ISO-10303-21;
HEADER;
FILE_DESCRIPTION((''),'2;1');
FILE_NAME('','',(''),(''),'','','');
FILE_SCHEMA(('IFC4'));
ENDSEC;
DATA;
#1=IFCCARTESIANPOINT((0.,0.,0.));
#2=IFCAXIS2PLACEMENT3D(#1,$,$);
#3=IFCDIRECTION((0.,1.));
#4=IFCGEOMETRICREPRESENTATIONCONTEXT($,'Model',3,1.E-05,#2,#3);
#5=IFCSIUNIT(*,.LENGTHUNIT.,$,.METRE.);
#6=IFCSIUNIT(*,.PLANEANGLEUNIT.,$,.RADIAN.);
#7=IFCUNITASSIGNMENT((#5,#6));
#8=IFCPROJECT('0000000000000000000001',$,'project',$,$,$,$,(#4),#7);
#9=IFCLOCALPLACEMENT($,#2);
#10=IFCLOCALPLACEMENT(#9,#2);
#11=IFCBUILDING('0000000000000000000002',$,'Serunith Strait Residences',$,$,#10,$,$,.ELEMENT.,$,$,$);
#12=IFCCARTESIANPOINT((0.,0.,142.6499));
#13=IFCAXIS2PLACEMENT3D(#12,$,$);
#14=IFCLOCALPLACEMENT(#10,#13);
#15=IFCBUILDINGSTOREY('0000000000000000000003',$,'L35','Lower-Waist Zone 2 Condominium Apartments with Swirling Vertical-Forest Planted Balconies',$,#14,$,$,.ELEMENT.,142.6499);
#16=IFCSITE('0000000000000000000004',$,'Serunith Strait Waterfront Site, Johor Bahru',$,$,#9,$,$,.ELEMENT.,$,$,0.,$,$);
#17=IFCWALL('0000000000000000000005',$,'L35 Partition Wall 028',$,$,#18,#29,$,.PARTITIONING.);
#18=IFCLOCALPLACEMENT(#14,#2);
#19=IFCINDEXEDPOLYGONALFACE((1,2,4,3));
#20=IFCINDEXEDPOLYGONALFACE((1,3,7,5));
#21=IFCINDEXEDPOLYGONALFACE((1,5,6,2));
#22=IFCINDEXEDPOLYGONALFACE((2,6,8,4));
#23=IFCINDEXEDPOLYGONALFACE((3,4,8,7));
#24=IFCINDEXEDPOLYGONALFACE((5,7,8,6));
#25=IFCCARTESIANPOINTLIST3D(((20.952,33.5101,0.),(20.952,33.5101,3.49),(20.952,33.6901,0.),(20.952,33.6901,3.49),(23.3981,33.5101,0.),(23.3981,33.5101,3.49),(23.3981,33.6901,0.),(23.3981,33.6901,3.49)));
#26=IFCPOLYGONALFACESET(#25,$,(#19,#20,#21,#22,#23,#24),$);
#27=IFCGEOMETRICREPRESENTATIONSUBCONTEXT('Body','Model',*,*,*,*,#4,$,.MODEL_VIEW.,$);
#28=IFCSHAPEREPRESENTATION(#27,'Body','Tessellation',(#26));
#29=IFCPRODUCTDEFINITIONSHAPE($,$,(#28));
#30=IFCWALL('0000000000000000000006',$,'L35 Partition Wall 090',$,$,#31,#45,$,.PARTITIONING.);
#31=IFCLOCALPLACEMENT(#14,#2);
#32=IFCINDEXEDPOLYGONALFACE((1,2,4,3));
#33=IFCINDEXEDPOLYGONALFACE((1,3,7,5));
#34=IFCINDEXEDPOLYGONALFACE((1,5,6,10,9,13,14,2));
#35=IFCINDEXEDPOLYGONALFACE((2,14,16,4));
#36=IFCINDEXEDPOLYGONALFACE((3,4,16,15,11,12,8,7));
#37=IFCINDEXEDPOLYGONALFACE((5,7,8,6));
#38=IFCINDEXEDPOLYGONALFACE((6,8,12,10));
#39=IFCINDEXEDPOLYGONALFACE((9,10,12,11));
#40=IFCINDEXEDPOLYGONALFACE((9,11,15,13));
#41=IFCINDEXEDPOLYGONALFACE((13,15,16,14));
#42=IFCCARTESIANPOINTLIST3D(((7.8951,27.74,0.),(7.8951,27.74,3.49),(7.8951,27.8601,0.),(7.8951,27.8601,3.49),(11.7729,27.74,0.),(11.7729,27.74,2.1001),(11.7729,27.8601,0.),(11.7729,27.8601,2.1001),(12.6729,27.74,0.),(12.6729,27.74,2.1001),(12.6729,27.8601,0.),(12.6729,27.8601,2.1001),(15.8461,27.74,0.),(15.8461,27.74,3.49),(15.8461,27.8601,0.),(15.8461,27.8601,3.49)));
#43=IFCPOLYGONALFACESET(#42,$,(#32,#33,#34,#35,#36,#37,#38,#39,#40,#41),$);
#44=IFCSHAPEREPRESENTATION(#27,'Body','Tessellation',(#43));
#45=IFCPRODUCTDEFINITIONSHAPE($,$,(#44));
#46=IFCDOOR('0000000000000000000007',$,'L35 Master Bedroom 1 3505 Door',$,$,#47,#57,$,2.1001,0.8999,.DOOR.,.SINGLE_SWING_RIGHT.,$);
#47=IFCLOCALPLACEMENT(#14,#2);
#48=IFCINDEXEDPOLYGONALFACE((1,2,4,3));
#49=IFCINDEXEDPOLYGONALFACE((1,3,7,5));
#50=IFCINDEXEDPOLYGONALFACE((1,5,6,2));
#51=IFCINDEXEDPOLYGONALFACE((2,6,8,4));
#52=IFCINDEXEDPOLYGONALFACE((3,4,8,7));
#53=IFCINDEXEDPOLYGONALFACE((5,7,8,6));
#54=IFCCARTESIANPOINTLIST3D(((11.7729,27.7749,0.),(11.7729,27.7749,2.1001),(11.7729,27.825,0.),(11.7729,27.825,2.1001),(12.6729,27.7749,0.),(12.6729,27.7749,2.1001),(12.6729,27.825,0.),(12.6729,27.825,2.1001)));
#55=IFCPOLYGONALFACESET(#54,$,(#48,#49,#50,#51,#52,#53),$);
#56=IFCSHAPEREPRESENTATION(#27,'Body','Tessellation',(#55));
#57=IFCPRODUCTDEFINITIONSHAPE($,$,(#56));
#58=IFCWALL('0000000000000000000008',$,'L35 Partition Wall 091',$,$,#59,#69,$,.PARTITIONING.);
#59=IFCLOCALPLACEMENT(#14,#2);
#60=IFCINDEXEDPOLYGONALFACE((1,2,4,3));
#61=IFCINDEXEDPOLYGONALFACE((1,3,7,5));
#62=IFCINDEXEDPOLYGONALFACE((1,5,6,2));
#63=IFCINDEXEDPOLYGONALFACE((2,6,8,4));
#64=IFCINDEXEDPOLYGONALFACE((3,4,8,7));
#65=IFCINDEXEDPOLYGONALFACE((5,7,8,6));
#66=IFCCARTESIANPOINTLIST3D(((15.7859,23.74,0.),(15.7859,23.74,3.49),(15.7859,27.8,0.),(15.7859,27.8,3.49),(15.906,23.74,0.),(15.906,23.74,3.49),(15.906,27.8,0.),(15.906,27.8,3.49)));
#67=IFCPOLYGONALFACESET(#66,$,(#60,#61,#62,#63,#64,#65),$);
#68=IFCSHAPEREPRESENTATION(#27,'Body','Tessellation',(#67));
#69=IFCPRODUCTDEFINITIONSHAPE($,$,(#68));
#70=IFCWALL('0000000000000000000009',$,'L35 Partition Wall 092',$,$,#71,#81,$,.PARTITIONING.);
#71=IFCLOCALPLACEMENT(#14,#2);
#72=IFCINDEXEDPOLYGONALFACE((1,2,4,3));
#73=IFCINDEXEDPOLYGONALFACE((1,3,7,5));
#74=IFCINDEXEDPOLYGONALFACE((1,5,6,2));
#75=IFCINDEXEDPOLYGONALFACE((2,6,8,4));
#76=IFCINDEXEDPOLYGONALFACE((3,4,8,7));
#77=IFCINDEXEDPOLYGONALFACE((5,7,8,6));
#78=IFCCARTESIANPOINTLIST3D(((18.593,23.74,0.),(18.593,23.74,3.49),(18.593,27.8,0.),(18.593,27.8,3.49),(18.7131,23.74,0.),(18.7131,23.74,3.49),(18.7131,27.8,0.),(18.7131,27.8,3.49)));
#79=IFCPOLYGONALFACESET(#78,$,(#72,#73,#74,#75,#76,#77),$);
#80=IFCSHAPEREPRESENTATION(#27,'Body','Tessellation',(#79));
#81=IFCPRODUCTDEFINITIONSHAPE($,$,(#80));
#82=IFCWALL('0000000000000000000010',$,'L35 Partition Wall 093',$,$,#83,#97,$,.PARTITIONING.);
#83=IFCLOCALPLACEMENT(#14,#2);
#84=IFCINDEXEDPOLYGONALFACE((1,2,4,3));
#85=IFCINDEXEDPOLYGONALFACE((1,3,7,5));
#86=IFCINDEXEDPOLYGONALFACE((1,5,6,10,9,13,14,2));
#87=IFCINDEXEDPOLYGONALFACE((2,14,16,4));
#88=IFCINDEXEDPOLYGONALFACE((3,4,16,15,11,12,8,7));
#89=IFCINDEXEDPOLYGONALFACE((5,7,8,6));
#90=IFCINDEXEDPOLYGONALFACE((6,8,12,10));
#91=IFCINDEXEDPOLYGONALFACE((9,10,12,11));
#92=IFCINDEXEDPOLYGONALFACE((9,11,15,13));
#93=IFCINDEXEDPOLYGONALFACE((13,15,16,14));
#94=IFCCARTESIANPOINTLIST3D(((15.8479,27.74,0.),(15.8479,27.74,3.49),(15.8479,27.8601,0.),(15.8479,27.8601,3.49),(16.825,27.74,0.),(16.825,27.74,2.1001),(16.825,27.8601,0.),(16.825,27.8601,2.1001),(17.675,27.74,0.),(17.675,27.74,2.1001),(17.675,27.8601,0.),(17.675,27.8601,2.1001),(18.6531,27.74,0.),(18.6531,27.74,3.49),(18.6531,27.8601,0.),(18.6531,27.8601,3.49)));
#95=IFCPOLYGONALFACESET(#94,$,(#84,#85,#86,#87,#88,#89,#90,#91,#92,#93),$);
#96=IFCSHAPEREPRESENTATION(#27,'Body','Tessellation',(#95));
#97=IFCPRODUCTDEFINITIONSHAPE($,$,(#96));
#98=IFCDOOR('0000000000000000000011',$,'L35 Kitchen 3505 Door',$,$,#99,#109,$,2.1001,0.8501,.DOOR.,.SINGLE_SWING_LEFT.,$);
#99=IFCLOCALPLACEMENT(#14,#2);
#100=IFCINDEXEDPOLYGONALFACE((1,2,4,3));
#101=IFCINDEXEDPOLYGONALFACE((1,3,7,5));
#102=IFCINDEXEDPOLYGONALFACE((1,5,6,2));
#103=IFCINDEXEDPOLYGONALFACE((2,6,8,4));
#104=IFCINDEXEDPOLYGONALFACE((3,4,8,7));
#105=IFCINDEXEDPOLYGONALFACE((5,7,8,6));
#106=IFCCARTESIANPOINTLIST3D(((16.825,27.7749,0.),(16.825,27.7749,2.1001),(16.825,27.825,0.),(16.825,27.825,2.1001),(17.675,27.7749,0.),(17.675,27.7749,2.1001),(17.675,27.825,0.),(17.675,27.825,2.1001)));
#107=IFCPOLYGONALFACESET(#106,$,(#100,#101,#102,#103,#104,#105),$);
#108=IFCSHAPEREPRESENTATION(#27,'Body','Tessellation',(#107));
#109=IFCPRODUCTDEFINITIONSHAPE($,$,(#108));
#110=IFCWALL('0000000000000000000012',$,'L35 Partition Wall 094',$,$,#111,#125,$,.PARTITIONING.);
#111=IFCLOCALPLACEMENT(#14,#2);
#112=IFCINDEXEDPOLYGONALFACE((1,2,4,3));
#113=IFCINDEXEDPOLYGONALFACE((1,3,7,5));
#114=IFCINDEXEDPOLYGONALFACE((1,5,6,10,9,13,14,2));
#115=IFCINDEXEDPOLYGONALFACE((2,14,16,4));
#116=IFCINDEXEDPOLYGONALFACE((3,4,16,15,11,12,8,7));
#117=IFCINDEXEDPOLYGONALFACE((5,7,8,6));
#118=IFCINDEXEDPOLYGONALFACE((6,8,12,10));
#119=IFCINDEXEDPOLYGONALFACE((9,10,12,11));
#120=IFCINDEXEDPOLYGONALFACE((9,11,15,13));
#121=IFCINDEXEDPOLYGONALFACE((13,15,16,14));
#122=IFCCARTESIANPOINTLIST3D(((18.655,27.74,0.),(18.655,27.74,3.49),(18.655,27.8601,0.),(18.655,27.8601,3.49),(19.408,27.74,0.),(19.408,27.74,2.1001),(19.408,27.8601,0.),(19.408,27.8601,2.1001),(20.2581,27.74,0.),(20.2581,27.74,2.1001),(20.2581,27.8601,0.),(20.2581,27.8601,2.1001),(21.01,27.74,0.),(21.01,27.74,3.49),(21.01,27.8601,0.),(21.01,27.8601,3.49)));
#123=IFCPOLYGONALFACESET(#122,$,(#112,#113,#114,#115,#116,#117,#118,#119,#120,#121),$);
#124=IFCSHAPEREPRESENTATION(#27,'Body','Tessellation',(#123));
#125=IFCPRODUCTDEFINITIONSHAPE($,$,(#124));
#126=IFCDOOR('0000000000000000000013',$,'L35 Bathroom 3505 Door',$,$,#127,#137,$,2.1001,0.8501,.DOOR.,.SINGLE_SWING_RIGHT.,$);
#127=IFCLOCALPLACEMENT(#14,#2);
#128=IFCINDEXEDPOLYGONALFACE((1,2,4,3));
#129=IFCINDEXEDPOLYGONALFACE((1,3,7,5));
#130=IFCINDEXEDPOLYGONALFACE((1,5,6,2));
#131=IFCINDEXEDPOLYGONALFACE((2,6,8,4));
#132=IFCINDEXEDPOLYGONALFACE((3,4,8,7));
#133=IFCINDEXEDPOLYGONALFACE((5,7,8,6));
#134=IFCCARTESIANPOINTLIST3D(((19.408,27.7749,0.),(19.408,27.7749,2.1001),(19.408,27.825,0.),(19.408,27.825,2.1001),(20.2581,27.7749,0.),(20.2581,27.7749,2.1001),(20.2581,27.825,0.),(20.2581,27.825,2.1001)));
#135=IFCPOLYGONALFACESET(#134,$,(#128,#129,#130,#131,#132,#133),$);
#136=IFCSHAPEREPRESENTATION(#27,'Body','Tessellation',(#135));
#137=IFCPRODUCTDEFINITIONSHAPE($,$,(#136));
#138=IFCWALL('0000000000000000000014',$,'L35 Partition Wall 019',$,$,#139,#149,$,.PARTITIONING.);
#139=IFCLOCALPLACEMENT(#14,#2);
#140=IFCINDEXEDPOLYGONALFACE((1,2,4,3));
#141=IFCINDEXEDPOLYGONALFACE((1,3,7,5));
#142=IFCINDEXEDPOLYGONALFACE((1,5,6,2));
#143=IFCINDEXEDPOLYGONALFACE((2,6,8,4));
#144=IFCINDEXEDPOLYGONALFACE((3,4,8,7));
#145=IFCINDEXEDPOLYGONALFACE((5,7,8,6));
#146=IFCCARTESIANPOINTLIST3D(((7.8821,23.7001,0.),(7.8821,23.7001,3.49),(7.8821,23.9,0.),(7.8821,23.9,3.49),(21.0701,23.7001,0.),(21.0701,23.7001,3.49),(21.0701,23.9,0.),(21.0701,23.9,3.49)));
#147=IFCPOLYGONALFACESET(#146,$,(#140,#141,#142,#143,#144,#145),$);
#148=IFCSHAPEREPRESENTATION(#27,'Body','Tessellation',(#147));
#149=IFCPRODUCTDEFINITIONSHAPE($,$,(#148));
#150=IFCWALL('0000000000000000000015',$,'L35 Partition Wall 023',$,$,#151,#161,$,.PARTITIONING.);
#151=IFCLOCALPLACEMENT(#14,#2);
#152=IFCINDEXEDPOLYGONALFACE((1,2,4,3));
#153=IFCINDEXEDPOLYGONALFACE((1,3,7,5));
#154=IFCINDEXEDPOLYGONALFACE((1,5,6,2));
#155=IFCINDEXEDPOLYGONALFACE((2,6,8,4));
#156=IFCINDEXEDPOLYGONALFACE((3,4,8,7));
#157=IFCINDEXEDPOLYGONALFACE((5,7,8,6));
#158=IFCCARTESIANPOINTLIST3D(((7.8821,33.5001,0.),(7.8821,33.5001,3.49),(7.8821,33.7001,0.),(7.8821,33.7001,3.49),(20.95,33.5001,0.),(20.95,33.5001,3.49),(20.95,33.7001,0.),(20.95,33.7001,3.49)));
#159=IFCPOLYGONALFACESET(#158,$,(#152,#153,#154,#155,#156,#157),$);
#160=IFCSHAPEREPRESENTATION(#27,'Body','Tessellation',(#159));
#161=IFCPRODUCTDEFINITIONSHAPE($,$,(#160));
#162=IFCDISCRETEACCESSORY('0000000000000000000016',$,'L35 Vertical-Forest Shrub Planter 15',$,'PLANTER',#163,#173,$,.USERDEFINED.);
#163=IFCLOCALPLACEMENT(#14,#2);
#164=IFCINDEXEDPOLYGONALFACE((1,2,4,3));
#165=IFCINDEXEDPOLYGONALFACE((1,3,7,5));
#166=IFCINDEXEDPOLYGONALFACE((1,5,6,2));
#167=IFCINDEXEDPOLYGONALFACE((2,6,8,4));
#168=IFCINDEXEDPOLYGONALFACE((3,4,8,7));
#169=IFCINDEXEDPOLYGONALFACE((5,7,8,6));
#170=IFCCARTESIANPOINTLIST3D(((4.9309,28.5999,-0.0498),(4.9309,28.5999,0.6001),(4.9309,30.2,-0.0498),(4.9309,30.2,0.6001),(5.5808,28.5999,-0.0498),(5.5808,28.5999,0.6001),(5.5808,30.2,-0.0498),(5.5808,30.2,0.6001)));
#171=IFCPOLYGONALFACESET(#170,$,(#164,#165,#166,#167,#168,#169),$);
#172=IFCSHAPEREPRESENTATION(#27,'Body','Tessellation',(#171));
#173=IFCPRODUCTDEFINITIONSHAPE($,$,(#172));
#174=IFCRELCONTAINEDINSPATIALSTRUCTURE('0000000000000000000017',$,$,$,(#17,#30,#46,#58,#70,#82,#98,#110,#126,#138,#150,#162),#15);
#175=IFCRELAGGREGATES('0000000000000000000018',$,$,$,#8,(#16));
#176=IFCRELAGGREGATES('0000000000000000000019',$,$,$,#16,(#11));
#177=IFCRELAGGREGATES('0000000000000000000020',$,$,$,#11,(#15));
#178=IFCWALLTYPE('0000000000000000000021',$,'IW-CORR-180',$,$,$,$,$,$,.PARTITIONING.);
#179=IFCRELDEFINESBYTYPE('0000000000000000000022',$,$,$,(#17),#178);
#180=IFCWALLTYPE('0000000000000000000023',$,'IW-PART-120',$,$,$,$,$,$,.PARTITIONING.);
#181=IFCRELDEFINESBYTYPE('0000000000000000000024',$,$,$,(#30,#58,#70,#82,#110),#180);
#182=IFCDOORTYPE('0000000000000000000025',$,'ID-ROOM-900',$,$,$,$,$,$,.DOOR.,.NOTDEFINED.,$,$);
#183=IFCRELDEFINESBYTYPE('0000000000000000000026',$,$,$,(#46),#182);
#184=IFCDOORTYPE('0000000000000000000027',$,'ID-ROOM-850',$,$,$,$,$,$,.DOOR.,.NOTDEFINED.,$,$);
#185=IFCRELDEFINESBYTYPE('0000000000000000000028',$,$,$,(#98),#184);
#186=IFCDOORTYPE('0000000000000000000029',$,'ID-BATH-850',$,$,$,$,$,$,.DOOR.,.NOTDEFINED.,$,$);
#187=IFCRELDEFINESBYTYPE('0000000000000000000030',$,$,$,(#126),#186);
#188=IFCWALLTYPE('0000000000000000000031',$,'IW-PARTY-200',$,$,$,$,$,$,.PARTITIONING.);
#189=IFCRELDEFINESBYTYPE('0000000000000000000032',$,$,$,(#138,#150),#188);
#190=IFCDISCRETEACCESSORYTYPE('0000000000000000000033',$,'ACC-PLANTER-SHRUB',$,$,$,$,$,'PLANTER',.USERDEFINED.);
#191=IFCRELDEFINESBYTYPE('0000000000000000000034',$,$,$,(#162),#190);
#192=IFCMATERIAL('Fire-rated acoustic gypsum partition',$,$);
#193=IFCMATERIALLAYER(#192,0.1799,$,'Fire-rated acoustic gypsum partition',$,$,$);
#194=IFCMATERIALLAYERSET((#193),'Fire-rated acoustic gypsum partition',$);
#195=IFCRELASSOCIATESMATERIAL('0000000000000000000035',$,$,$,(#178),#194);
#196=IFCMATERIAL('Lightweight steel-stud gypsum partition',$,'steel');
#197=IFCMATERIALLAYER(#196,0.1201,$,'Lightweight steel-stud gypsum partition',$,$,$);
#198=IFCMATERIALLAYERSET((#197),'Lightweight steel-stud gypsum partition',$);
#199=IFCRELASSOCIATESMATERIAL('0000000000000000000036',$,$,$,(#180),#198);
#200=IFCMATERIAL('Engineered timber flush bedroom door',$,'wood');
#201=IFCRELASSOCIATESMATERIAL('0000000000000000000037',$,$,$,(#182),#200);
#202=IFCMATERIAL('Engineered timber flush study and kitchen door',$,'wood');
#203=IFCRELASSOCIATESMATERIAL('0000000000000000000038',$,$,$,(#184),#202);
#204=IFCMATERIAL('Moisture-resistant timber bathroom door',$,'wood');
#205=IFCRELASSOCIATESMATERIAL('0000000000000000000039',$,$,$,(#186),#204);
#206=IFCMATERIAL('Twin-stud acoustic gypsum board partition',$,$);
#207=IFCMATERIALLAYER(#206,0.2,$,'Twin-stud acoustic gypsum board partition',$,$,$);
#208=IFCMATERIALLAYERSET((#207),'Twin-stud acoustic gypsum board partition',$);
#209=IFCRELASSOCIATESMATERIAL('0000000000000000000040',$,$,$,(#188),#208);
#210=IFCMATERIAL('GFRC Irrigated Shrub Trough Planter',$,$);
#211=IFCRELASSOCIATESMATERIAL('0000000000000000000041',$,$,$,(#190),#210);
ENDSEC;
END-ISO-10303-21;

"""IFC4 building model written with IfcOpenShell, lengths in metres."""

from ifc_helpers import new_model, si_unit, direction, frame, frame_2d, origin, origin_2d, place, context, subcontext, project, spatial, rectangle, extrude, source, transform, mapped, material, layer, layer_set, type_object, element, fill, save


model = new_model("IFC4")

# Units and contexts
model_context = context("Model", 3, precision=1e-05, world=origin(), true_north=direction((0.0, 1.0)))
body_context = subcontext(model_context, "Body", "Model", "MODEL_VIEW")
ifc_project = project(units=[si_unit("LENGTHUNIT", "METRE"), si_unit("PLANEANGLEUNIT", "RADIAN")], contexts=[model_context])

# Site, building, storey
site_placement = place(None, origin())
site = spatial("IfcSite", under=ifc_project, at=site_placement, Name="Serunith Strait Waterfront Site, Johor Bahru", CompositionType="ELEMENT", RefElevation=0.0)
building_placement = place(site_placement, origin())
building = spatial("IfcBuilding", under=site, at=building_placement, Name="Serunith Strait Residences", CompositionType="ELEMENT")
storey_placement = place(building_placement, frame((0.0, 0.0, 142.6499)))
storey = spatial("IfcBuildingStorey", under=building, at=storey_placement, Name="L35", Description="Lower-Waist Zone 2 Condominium Apartments with Swirling Vertical-Forest Planted Balconies", CompositionType="ELEMENT", Elevation=142.6499)

# Wall
ifc_material_1 = material(Name="Fire-rated acoustic gypsum partition")
ifc_layer_1 = layer(ifc_material_1, 0.1799, Name="Fire-rated acoustic gypsum partition")
ifc_layer_set_1 = layer_set([ifc_layer_1], Name="Fire-rated acoustic gypsum partition")
wall_type_1 = type_object("IfcWallType", Name="IW-CORR-180", PredefinedType="PARTITIONING", material=ifc_layer_set_1)
wall_1_placement = place(storey_placement, frame((20.9519, 33.6001, 0.0), z_axis=(0.0, 0.0, 1.0), x_axis=(1.0, 0.0, 0.0)))
element("IfcWall", 1, at=wall_1_placement, inside=storey, type_object=wall_type_1, Name="L35 Partition Wall 028", PredefinedType="PARTITIONING", context=body_context, shape_type="SweptSolid", body=[
    extrude(rectangle(XDim=2.446, YDim=0.1799, at=frame_2d((1.2231, 0.0))), origin(), (0.0, 0.0, 1.0), 3.49),
])

# Wall, opening, door
ifc_material_2 = material(Name="Lightweight steel-stud gypsum partition", Category="steel")
ifc_layer_2 = layer(ifc_material_2, 0.1201, Name="Lightweight steel-stud gypsum partition")
ifc_layer_set_2 = layer_set([ifc_layer_2], Name="Lightweight steel-stud gypsum partition")
wall_type_2 = type_object("IfcWallType", Name="IW-PART-120", PredefinedType="PARTITIONING", material=ifc_layer_set_2)
wall_2_placement = place(storey_placement, frame((7.895, 27.8, 0.0), z_axis=(0.0, 0.0, 1.0), x_axis=(1.0, 0.0, 0.0)))
wall_2 = element("IfcWall", 2, at=wall_2_placement, inside=storey, type_object=wall_type_2, Name="L35 Partition Wall 090", PredefinedType="PARTITIONING", context=body_context, shape_type="SweptSolid", body=[
    extrude(rectangle(XDim=7.9509, YDim=0.1201, at=frame_2d((3.9756, 0.0))), origin(), (0.0, 0.0, 1.0), 3.49),
])
opening_1_placement = place(wall_2_placement, frame((3.8779, 0.0, 0.0)))
opening_1 = element("IfcOpeningElement", 3, at=opening_1_placement, cuts=wall_2, PredefinedType="OPENING", context=body_context, shape_type="SweptSolid", body=[
    extrude(rectangle(XDim=0.8999, YDim=2.1001, at=frame_2d((0.45, 1.05))), frame((0.0, 0.0701, 0.0), z_axis=(0.0, -1.0, 0.0), x_axis=(1.0, 0.0, 0.0)), (0.0, 0.0, 1.0), 0.1401),
])
ifc_material_3 = material(Name="Engineered timber flush bedroom door", Category="wood")
door_type_1 = type_object("IfcDoorType", Name="ID-ROOM-900", OperationType="NOTDEFINED", PredefinedType="DOOR", material=ifc_material_3)
shared_shape_1 = source(origin(), body_context, "Body", "SweptSolid", [
    extrude(rectangle(XDim=0.8999, YDim=2.1001, at=frame_2d((0.45, 1.05))), frame((0.0, 0.0249, 0.0), z_axis=(0.0, -1.0, 0.0), x_axis=(1.0, 0.0, 0.0)), (0.0, 0.0, 1.0), 0.05),
])
door_1_placement = place(opening_1_placement, origin())
door_1 = element("IfcDoor", 4, at=door_1_placement, inside=storey, type_object=door_type_1, Name="L35 Master Bedroom 1 3505 Door", OperationType="SINGLE_SWING_RIGHT", OverallHeight=2.1001, OverallWidth=0.8999, PredefinedType="DOOR", context=body_context, shape_type="MappedRepresentation", body=[
    mapped(shared_shape_1, transform((0.0, 0.0, 0.0), scale=1.0)),
])
fill(opening_1, door_1)

# Walls
for number, where, z_axis, x_axis, name in (
    (5, (15.8459, 23.74, 0.0), (0.0, 0.0, 1.0), (0.0, 1.0, 0.0), "L35 Partition Wall 091"),
    (6, (18.6531, 23.74, 0.0), (0.0, 0.0, 1.0), (0.0, 1.0, 0.0), "L35 Partition Wall 092"),
):
    element("IfcWall", number, at=place(storey_placement, frame(where, z_axis=z_axis, x_axis=x_axis)), inside=storey, type_object=wall_type_2, Name=name, PredefinedType="PARTITIONING", context=body_context, shape_type="SweptSolid", body=[
        extrude(rectangle(XDim=4.0601, YDim=0.1201, at=frame_2d((2.03, 0.0))), origin(), (0.0, 0.0, 1.0), 3.49),
    ])

# Walls, openings, doors
wall_3_placement = place(storey_placement, frame((15.8479, 27.8, 0.0), z_axis=(0.0, 0.0, 1.0), x_axis=(1.0, 0.0, 0.0)))
wall_3 = element("IfcWall", 7, at=wall_3_placement, inside=storey, type_object=wall_type_2, Name="L35 Partition Wall 093", PredefinedType="PARTITIONING", context=body_context, shape_type="SweptSolid", body=[
    extrude(rectangle(XDim=2.8052, YDim=0.1201, at=frame_2d((1.4026, 0.0))), origin(), (0.0, 0.0, 1.0), 3.49),
])
opening_2_placement = place(wall_3_placement, frame((0.9771, 0.0, 0.0)))
opening_2 = element("IfcOpeningElement", 8, at=opening_2_placement, cuts=wall_3, PredefinedType="OPENING", context=body_context, shape_type="SweptSolid", body=[
    extrude(rectangle(XDim=0.8501, YDim=2.1001, at=frame_2d((0.425, 1.05))), frame((0.0, 0.0701, 0.0), z_axis=(0.0, -1.0, 0.0), x_axis=(1.0, 0.0, 0.0)), (0.0, 0.0, 1.0), 0.1401),
])
ifc_material_4 = material(Name="Engineered timber flush study and kitchen door", Category="wood")
door_type_2 = type_object("IfcDoorType", Name="ID-ROOM-850", OperationType="NOTDEFINED", PredefinedType="DOOR", material=ifc_material_4)
shared_shape_2 = source(origin(), body_context, "Body", "SweptSolid", [
    extrude(rectangle(XDim=0.8501, YDim=2.1001, at=frame_2d((0.425, 1.05))), frame((0.0, 0.0249, 0.0), z_axis=(0.0, -1.0, 0.0), x_axis=(1.0, 0.0, 0.0)), (0.0, 0.0, 1.0), 0.05),
])
door_2_placement = place(opening_2_placement, origin())
door_2 = element("IfcDoor", 9, at=door_2_placement, inside=storey, type_object=door_type_2, Name="L35 Kitchen 3505 Door", OperationType="SINGLE_SWING_LEFT", OverallHeight=2.1001, OverallWidth=0.8501, PredefinedType="DOOR", context=body_context, shape_type="MappedRepresentation", body=[
    mapped(shared_shape_2, transform((0.0, 0.0, 0.0), scale=1.0)),
])
fill(opening_2, door_2)
wall_4_placement = place(storey_placement, frame((18.655, 27.8, 0.0), z_axis=(0.0, 0.0, 1.0), x_axis=(1.0, 0.0, 0.0)))
wall_4 = element("IfcWall", 10, at=wall_4_placement, inside=storey, type_object=wall_type_2, Name="L35 Partition Wall 094", PredefinedType="PARTITIONING", context=body_context, shape_type="SweptSolid", body=[
    extrude(rectangle(XDim=2.355, YDim=0.1201, at=frame_2d((1.1775, 0.0))), origin(), (0.0, 0.0, 1.0), 3.49),
])
opening_3_placement = place(wall_4_placement, frame((0.7529, 0.0, 0.0)))
opening_3 = element("IfcOpeningElement", 11, at=opening_3_placement, cuts=wall_4, PredefinedType="OPENING", context=body_context, shape_type="SweptSolid", body=[
    extrude(rectangle(XDim=0.8501, YDim=2.1001, at=frame_2d((0.425, 1.05))), frame((0.0, 0.0701, 0.0), z_axis=(0.0, -1.0, 0.0), x_axis=(1.0, 0.0, 0.0)), (0.0, 0.0, 1.0), 0.1401),
])
ifc_material_5 = material(Name="Moisture-resistant timber bathroom door", Category="wood")
door_type_3 = type_object("IfcDoorType", Name="ID-BATH-850", OperationType="NOTDEFINED", PredefinedType="DOOR", material=ifc_material_5)
door_3_placement = place(opening_3_placement, origin())
door_3 = element("IfcDoor", 12, at=door_3_placement, inside=storey, type_object=door_type_3, Name="L35 Bathroom 3505 Door", OperationType="SINGLE_SWING_RIGHT", OverallHeight=2.1001, OverallWidth=0.8501, PredefinedType="DOOR", context=body_context, shape_type="MappedRepresentation", body=[
    mapped(shared_shape_2, transform((0.0, 0.0, 0.0), scale=1.0)),
])
fill(opening_3, door_3)

# Walls
ifc_material_6 = material(Name="Twin-stud acoustic gypsum board partition")
ifc_layer_3 = layer(ifc_material_6, 0.2, Name="Twin-stud acoustic gypsum board partition")
ifc_layer_set_3 = layer_set([ifc_layer_3], Name="Twin-stud acoustic gypsum board partition")
wall_type_3 = type_object("IfcWallType", Name="IW-PARTY-200", PredefinedType="PARTITIONING", material=ifc_layer_set_3)
wall_5_placement = place(storey_placement, frame((7.8821, 23.8, 0.0), z_axis=(0.0, 0.0, 1.0), x_axis=(1.0, 0.0, 0.0)))
element("IfcWall", 13, at=wall_5_placement, inside=storey, type_object=wall_type_3, Name="L35 Partition Wall 019", PredefinedType="PARTITIONING", context=body_context, shape_type="SweptSolid", body=[
    extrude(rectangle(XDim=13.188, YDim=0.2, at=frame_2d((6.594, 0.0))), origin(), (0.0, 0.0, 1.0), 3.49),
])
wall_6_placement = place(storey_placement, frame((7.8821, 33.6001, 0.0), z_axis=(0.0, 0.0, 1.0), x_axis=(1.0, 0.0, 0.0)))
element("IfcWall", 14, at=wall_6_placement, inside=storey, type_object=wall_type_3, Name="L35 Partition Wall 023", PredefinedType="PARTITIONING", context=body_context, shape_type="SweptSolid", body=[
    extrude(rectangle(XDim=13.0679, YDim=0.2, at=frame_2d((6.5339, 0.0))), origin(), (0.0, 0.0, 1.0), 3.49),
])

# Discrete accessory
ifc_material_7 = material(Name="GFRC Irrigated Shrub Trough Planter")
discrete_accessory_type = type_object("IfcDiscreteAccessoryType", Name="ACC-PLANTER-SHRUB", ElementType="PLANTER", PredefinedType="USERDEFINED", material=ifc_material_7)
shared_shape_3 = source(origin(), body_context, "Body", "SweptSolid", [
    extrude(rectangle(XDim=1.6001, YDim=0.6499, at=origin_2d()), origin(), (0.0, 0.0, 1.0), 0.6499),
])
discrete_accessory_placement = place(storey_placement, frame((5.2559, 29.3999, -0.0498), z_axis=(0.0, 0.0, 1.0), x_axis=(0.0, -1.0, 0.0)))
element("IfcDiscreteAccessory", 15, at=discrete_accessory_placement, inside=storey, type_object=discrete_accessory_type, Name="L35 Vertical-Forest Shrub Planter 15", ObjectType="PLANTER", PredefinedType="USERDEFINED", context=body_context, shape_type="MappedRepresentation", body=[
    mapped(shared_shape_3, transform((0.0, 0.0, 0.0), scale=1.0)),
])

save(model, "model.ifc")
